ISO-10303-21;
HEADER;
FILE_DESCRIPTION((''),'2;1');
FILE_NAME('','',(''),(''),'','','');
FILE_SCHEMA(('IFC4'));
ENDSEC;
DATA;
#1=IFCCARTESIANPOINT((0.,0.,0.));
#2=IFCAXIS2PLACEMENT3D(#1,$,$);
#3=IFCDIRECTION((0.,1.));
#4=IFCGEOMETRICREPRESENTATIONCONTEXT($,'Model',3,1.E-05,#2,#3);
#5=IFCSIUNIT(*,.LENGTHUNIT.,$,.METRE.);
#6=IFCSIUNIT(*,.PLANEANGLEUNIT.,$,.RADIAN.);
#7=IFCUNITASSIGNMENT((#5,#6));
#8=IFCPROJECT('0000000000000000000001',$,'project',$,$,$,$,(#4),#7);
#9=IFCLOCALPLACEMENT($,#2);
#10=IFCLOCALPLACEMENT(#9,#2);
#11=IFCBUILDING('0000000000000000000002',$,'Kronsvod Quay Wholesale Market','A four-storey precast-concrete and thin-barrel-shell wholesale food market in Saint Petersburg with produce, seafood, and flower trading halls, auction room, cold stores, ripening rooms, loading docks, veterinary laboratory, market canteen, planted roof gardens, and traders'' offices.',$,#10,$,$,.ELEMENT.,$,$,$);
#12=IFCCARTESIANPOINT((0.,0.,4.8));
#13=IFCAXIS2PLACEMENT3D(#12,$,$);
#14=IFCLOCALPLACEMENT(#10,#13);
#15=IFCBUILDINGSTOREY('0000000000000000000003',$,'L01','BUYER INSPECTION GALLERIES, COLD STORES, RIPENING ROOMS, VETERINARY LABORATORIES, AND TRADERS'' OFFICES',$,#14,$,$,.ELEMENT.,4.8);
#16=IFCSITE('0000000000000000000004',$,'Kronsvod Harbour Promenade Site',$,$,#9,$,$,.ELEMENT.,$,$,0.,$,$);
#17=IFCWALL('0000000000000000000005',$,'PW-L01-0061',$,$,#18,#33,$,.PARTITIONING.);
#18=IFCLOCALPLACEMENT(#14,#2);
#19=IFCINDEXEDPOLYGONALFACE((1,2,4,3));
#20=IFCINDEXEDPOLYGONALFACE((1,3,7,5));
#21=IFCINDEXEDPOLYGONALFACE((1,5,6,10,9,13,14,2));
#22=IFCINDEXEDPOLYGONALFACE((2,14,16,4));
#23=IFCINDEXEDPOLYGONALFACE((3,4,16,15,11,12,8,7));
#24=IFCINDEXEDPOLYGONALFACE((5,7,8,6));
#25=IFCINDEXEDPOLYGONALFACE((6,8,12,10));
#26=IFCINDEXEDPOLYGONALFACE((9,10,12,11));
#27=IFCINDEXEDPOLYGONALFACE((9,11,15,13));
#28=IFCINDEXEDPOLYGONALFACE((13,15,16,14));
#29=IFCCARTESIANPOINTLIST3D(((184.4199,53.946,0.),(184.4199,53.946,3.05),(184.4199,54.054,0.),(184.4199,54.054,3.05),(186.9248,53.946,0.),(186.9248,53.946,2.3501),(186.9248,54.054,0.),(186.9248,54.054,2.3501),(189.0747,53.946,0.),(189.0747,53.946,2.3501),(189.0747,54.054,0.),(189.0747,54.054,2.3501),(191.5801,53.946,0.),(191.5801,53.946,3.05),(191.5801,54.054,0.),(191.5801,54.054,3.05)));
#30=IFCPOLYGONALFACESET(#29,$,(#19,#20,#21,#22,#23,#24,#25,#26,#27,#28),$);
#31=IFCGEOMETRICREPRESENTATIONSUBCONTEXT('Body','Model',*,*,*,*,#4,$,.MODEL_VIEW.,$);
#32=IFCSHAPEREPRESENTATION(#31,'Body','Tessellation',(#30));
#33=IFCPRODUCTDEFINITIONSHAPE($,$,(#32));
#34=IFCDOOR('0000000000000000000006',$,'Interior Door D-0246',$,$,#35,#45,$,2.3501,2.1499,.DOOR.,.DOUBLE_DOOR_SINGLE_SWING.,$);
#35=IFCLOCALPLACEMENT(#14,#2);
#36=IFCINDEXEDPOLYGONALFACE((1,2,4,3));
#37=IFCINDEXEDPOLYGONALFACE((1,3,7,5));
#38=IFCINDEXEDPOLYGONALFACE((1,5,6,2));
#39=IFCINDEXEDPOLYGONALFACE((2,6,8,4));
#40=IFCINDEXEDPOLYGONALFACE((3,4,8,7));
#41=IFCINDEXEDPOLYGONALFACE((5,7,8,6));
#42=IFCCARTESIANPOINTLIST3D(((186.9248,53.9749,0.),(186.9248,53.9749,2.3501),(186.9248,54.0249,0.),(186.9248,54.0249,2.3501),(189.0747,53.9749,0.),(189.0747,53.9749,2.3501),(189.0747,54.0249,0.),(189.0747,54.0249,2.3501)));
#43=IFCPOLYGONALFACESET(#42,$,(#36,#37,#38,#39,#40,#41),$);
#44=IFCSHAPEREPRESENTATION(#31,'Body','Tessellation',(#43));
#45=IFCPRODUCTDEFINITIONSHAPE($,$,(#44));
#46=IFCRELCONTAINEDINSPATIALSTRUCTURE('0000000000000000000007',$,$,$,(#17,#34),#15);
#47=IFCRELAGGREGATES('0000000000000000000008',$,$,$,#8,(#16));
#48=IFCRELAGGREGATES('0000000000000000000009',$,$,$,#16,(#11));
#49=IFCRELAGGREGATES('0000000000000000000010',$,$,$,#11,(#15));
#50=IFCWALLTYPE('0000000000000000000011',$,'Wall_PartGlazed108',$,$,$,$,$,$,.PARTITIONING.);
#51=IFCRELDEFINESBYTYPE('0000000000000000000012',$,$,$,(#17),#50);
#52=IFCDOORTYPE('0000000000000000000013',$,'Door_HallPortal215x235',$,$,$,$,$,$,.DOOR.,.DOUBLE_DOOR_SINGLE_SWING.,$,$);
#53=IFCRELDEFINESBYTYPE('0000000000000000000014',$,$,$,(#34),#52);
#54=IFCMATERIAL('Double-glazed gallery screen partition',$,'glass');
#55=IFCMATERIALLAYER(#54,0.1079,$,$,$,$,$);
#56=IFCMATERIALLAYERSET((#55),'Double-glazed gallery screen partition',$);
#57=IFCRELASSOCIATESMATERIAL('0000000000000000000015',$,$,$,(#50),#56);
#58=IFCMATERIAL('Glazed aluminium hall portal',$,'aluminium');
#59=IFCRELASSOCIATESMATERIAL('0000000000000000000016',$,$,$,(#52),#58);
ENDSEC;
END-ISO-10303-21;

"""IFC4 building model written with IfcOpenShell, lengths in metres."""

from ifc_helpers import new_model, si_unit, direction, frame, frame_2d, origin, place, context, subcontext, project, spatial, rectangle, extrude, material, layer, layer_set, type_object, element, fill, save


model = new_model("IFC4")

# Units and contexts
model_context = context("Model", 3, precision=1e-05, world=origin(), true_north=direction((0.0, 1.0)))
body_context = subcontext(model_context, "Body", "Model", "MODEL_VIEW")
ifc_project = project(units=[si_unit("LENGTHUNIT", "METRE"), si_unit("PLANEANGLEUNIT", "RADIAN")], contexts=[model_context])

# Site, building, storey
site_placement = place(None, origin())
site = spatial("IfcSite", under=ifc_project, at=site_placement, Name="Kronsvod Harbour Promenade Site", CompositionType="ELEMENT", RefElevation=0.0)
building_placement = place(site_placement, origin())
building = spatial("IfcBuilding", under=site, at=building_placement, Name="Kronsvod Quay Wholesale Market", Description="A four-storey precast-concrete and thin-barrel-shell wholesale food market in Saint Petersburg with produce, seafood, and flower trading halls, auction room, cold stores, ripening rooms, loading docks, veterinary laboratory, market canteen, planted roof gardens, and traders' offices.", CompositionType="ELEMENT")
storey_placement = place(building_placement, frame((0.0, 0.0, 4.8)))
storey = spatial("IfcBuildingStorey", under=building, at=storey_placement, Name="L01", Description="BUYER INSPECTION GALLERIES, COLD STORES, RIPENING ROOMS, VETERINARY LABORATORIES, AND TRADERS' OFFICES", CompositionType="ELEMENT", Elevation=4.8)

# Wall, opening, door
ifc_material_1 = material(Name="Double-glazed gallery screen partition", Category="glass")
ifc_layer_1 = layer(ifc_material_1, 0.1079)
ifc_layer_set_1 = layer_set([ifc_layer_1], Name="Double-glazed gallery screen partition")
wall_type = type_object("IfcWallType", Name="Wall_PartGlazed108", PredefinedType="PARTITIONING", material=ifc_layer_set_1)
wall_placement = place(storey_placement, frame((184.4199, 54.0, 0.0), z_axis=(0.0, 0.0, 1.0), x_axis=(1.0, 0.0, 0.0)))
wall = element("IfcWall", 1, at=wall_placement, inside=storey, type_object=wall_type, Name="PW-L01-0061", PredefinedType="PARTITIONING", context=body_context, shape_type="SweptSolid", body=[
    extrude(rectangle(XDim=7.1602, YDim=0.1079, at=frame_2d((3.5801, 0.0))), origin(), (0.0, 0.0, 1.0), 3.05),
])
opening_placement = place(wall_placement, frame((2.5049, 0.0, 0.0)))
opening = element("IfcOpeningElement", 2, at=opening_placement, cuts=wall, PredefinedType="OPENING", context=body_context, shape_type="SweptSolid", body=[
    extrude(rectangle(XDim=2.1499, YDim=2.3501, at=frame_2d((1.075, 1.175))), frame((0.0, 0.064, 0.0), z_axis=(0.0, -1.0, 0.0), x_axis=(1.0, 0.0, 0.0)), (0.0, 0.0, 1.0), 0.1279),
])
ifc_material_2 = material(Name="Glazed aluminium hall portal", Category="aluminium")
door_type = type_object("IfcDoorType", Name="Door_HallPortal215x235", OperationType="DOUBLE_DOOR_SINGLE_SWING", PredefinedType="DOOR", material=ifc_material_2)
door_placement = place(opening_placement, origin())
door = element("IfcDoor", 3, at=door_placement, inside=storey, type_object=door_type, Name="Interior Door D-0246", OperationType="DOUBLE_DOOR_SINGLE_SWING", OverallHeight=2.3501, OverallWidth=2.1499, PredefinedType="DOOR", context=body_context, shape_type="SweptSolid", body=[
    extrude(rectangle(XDim=2.1499, YDim=2.3501, at=frame_2d((1.075, 1.175))), frame((0.0, 0.0249, 0.0), z_axis=(0.0, -1.0, 0.0), x_axis=(1.0, 0.0, 0.0)), (0.0, 0.0, 1.0), 0.05),
])
fill(opening, door)

save(model, "model.ifc")
